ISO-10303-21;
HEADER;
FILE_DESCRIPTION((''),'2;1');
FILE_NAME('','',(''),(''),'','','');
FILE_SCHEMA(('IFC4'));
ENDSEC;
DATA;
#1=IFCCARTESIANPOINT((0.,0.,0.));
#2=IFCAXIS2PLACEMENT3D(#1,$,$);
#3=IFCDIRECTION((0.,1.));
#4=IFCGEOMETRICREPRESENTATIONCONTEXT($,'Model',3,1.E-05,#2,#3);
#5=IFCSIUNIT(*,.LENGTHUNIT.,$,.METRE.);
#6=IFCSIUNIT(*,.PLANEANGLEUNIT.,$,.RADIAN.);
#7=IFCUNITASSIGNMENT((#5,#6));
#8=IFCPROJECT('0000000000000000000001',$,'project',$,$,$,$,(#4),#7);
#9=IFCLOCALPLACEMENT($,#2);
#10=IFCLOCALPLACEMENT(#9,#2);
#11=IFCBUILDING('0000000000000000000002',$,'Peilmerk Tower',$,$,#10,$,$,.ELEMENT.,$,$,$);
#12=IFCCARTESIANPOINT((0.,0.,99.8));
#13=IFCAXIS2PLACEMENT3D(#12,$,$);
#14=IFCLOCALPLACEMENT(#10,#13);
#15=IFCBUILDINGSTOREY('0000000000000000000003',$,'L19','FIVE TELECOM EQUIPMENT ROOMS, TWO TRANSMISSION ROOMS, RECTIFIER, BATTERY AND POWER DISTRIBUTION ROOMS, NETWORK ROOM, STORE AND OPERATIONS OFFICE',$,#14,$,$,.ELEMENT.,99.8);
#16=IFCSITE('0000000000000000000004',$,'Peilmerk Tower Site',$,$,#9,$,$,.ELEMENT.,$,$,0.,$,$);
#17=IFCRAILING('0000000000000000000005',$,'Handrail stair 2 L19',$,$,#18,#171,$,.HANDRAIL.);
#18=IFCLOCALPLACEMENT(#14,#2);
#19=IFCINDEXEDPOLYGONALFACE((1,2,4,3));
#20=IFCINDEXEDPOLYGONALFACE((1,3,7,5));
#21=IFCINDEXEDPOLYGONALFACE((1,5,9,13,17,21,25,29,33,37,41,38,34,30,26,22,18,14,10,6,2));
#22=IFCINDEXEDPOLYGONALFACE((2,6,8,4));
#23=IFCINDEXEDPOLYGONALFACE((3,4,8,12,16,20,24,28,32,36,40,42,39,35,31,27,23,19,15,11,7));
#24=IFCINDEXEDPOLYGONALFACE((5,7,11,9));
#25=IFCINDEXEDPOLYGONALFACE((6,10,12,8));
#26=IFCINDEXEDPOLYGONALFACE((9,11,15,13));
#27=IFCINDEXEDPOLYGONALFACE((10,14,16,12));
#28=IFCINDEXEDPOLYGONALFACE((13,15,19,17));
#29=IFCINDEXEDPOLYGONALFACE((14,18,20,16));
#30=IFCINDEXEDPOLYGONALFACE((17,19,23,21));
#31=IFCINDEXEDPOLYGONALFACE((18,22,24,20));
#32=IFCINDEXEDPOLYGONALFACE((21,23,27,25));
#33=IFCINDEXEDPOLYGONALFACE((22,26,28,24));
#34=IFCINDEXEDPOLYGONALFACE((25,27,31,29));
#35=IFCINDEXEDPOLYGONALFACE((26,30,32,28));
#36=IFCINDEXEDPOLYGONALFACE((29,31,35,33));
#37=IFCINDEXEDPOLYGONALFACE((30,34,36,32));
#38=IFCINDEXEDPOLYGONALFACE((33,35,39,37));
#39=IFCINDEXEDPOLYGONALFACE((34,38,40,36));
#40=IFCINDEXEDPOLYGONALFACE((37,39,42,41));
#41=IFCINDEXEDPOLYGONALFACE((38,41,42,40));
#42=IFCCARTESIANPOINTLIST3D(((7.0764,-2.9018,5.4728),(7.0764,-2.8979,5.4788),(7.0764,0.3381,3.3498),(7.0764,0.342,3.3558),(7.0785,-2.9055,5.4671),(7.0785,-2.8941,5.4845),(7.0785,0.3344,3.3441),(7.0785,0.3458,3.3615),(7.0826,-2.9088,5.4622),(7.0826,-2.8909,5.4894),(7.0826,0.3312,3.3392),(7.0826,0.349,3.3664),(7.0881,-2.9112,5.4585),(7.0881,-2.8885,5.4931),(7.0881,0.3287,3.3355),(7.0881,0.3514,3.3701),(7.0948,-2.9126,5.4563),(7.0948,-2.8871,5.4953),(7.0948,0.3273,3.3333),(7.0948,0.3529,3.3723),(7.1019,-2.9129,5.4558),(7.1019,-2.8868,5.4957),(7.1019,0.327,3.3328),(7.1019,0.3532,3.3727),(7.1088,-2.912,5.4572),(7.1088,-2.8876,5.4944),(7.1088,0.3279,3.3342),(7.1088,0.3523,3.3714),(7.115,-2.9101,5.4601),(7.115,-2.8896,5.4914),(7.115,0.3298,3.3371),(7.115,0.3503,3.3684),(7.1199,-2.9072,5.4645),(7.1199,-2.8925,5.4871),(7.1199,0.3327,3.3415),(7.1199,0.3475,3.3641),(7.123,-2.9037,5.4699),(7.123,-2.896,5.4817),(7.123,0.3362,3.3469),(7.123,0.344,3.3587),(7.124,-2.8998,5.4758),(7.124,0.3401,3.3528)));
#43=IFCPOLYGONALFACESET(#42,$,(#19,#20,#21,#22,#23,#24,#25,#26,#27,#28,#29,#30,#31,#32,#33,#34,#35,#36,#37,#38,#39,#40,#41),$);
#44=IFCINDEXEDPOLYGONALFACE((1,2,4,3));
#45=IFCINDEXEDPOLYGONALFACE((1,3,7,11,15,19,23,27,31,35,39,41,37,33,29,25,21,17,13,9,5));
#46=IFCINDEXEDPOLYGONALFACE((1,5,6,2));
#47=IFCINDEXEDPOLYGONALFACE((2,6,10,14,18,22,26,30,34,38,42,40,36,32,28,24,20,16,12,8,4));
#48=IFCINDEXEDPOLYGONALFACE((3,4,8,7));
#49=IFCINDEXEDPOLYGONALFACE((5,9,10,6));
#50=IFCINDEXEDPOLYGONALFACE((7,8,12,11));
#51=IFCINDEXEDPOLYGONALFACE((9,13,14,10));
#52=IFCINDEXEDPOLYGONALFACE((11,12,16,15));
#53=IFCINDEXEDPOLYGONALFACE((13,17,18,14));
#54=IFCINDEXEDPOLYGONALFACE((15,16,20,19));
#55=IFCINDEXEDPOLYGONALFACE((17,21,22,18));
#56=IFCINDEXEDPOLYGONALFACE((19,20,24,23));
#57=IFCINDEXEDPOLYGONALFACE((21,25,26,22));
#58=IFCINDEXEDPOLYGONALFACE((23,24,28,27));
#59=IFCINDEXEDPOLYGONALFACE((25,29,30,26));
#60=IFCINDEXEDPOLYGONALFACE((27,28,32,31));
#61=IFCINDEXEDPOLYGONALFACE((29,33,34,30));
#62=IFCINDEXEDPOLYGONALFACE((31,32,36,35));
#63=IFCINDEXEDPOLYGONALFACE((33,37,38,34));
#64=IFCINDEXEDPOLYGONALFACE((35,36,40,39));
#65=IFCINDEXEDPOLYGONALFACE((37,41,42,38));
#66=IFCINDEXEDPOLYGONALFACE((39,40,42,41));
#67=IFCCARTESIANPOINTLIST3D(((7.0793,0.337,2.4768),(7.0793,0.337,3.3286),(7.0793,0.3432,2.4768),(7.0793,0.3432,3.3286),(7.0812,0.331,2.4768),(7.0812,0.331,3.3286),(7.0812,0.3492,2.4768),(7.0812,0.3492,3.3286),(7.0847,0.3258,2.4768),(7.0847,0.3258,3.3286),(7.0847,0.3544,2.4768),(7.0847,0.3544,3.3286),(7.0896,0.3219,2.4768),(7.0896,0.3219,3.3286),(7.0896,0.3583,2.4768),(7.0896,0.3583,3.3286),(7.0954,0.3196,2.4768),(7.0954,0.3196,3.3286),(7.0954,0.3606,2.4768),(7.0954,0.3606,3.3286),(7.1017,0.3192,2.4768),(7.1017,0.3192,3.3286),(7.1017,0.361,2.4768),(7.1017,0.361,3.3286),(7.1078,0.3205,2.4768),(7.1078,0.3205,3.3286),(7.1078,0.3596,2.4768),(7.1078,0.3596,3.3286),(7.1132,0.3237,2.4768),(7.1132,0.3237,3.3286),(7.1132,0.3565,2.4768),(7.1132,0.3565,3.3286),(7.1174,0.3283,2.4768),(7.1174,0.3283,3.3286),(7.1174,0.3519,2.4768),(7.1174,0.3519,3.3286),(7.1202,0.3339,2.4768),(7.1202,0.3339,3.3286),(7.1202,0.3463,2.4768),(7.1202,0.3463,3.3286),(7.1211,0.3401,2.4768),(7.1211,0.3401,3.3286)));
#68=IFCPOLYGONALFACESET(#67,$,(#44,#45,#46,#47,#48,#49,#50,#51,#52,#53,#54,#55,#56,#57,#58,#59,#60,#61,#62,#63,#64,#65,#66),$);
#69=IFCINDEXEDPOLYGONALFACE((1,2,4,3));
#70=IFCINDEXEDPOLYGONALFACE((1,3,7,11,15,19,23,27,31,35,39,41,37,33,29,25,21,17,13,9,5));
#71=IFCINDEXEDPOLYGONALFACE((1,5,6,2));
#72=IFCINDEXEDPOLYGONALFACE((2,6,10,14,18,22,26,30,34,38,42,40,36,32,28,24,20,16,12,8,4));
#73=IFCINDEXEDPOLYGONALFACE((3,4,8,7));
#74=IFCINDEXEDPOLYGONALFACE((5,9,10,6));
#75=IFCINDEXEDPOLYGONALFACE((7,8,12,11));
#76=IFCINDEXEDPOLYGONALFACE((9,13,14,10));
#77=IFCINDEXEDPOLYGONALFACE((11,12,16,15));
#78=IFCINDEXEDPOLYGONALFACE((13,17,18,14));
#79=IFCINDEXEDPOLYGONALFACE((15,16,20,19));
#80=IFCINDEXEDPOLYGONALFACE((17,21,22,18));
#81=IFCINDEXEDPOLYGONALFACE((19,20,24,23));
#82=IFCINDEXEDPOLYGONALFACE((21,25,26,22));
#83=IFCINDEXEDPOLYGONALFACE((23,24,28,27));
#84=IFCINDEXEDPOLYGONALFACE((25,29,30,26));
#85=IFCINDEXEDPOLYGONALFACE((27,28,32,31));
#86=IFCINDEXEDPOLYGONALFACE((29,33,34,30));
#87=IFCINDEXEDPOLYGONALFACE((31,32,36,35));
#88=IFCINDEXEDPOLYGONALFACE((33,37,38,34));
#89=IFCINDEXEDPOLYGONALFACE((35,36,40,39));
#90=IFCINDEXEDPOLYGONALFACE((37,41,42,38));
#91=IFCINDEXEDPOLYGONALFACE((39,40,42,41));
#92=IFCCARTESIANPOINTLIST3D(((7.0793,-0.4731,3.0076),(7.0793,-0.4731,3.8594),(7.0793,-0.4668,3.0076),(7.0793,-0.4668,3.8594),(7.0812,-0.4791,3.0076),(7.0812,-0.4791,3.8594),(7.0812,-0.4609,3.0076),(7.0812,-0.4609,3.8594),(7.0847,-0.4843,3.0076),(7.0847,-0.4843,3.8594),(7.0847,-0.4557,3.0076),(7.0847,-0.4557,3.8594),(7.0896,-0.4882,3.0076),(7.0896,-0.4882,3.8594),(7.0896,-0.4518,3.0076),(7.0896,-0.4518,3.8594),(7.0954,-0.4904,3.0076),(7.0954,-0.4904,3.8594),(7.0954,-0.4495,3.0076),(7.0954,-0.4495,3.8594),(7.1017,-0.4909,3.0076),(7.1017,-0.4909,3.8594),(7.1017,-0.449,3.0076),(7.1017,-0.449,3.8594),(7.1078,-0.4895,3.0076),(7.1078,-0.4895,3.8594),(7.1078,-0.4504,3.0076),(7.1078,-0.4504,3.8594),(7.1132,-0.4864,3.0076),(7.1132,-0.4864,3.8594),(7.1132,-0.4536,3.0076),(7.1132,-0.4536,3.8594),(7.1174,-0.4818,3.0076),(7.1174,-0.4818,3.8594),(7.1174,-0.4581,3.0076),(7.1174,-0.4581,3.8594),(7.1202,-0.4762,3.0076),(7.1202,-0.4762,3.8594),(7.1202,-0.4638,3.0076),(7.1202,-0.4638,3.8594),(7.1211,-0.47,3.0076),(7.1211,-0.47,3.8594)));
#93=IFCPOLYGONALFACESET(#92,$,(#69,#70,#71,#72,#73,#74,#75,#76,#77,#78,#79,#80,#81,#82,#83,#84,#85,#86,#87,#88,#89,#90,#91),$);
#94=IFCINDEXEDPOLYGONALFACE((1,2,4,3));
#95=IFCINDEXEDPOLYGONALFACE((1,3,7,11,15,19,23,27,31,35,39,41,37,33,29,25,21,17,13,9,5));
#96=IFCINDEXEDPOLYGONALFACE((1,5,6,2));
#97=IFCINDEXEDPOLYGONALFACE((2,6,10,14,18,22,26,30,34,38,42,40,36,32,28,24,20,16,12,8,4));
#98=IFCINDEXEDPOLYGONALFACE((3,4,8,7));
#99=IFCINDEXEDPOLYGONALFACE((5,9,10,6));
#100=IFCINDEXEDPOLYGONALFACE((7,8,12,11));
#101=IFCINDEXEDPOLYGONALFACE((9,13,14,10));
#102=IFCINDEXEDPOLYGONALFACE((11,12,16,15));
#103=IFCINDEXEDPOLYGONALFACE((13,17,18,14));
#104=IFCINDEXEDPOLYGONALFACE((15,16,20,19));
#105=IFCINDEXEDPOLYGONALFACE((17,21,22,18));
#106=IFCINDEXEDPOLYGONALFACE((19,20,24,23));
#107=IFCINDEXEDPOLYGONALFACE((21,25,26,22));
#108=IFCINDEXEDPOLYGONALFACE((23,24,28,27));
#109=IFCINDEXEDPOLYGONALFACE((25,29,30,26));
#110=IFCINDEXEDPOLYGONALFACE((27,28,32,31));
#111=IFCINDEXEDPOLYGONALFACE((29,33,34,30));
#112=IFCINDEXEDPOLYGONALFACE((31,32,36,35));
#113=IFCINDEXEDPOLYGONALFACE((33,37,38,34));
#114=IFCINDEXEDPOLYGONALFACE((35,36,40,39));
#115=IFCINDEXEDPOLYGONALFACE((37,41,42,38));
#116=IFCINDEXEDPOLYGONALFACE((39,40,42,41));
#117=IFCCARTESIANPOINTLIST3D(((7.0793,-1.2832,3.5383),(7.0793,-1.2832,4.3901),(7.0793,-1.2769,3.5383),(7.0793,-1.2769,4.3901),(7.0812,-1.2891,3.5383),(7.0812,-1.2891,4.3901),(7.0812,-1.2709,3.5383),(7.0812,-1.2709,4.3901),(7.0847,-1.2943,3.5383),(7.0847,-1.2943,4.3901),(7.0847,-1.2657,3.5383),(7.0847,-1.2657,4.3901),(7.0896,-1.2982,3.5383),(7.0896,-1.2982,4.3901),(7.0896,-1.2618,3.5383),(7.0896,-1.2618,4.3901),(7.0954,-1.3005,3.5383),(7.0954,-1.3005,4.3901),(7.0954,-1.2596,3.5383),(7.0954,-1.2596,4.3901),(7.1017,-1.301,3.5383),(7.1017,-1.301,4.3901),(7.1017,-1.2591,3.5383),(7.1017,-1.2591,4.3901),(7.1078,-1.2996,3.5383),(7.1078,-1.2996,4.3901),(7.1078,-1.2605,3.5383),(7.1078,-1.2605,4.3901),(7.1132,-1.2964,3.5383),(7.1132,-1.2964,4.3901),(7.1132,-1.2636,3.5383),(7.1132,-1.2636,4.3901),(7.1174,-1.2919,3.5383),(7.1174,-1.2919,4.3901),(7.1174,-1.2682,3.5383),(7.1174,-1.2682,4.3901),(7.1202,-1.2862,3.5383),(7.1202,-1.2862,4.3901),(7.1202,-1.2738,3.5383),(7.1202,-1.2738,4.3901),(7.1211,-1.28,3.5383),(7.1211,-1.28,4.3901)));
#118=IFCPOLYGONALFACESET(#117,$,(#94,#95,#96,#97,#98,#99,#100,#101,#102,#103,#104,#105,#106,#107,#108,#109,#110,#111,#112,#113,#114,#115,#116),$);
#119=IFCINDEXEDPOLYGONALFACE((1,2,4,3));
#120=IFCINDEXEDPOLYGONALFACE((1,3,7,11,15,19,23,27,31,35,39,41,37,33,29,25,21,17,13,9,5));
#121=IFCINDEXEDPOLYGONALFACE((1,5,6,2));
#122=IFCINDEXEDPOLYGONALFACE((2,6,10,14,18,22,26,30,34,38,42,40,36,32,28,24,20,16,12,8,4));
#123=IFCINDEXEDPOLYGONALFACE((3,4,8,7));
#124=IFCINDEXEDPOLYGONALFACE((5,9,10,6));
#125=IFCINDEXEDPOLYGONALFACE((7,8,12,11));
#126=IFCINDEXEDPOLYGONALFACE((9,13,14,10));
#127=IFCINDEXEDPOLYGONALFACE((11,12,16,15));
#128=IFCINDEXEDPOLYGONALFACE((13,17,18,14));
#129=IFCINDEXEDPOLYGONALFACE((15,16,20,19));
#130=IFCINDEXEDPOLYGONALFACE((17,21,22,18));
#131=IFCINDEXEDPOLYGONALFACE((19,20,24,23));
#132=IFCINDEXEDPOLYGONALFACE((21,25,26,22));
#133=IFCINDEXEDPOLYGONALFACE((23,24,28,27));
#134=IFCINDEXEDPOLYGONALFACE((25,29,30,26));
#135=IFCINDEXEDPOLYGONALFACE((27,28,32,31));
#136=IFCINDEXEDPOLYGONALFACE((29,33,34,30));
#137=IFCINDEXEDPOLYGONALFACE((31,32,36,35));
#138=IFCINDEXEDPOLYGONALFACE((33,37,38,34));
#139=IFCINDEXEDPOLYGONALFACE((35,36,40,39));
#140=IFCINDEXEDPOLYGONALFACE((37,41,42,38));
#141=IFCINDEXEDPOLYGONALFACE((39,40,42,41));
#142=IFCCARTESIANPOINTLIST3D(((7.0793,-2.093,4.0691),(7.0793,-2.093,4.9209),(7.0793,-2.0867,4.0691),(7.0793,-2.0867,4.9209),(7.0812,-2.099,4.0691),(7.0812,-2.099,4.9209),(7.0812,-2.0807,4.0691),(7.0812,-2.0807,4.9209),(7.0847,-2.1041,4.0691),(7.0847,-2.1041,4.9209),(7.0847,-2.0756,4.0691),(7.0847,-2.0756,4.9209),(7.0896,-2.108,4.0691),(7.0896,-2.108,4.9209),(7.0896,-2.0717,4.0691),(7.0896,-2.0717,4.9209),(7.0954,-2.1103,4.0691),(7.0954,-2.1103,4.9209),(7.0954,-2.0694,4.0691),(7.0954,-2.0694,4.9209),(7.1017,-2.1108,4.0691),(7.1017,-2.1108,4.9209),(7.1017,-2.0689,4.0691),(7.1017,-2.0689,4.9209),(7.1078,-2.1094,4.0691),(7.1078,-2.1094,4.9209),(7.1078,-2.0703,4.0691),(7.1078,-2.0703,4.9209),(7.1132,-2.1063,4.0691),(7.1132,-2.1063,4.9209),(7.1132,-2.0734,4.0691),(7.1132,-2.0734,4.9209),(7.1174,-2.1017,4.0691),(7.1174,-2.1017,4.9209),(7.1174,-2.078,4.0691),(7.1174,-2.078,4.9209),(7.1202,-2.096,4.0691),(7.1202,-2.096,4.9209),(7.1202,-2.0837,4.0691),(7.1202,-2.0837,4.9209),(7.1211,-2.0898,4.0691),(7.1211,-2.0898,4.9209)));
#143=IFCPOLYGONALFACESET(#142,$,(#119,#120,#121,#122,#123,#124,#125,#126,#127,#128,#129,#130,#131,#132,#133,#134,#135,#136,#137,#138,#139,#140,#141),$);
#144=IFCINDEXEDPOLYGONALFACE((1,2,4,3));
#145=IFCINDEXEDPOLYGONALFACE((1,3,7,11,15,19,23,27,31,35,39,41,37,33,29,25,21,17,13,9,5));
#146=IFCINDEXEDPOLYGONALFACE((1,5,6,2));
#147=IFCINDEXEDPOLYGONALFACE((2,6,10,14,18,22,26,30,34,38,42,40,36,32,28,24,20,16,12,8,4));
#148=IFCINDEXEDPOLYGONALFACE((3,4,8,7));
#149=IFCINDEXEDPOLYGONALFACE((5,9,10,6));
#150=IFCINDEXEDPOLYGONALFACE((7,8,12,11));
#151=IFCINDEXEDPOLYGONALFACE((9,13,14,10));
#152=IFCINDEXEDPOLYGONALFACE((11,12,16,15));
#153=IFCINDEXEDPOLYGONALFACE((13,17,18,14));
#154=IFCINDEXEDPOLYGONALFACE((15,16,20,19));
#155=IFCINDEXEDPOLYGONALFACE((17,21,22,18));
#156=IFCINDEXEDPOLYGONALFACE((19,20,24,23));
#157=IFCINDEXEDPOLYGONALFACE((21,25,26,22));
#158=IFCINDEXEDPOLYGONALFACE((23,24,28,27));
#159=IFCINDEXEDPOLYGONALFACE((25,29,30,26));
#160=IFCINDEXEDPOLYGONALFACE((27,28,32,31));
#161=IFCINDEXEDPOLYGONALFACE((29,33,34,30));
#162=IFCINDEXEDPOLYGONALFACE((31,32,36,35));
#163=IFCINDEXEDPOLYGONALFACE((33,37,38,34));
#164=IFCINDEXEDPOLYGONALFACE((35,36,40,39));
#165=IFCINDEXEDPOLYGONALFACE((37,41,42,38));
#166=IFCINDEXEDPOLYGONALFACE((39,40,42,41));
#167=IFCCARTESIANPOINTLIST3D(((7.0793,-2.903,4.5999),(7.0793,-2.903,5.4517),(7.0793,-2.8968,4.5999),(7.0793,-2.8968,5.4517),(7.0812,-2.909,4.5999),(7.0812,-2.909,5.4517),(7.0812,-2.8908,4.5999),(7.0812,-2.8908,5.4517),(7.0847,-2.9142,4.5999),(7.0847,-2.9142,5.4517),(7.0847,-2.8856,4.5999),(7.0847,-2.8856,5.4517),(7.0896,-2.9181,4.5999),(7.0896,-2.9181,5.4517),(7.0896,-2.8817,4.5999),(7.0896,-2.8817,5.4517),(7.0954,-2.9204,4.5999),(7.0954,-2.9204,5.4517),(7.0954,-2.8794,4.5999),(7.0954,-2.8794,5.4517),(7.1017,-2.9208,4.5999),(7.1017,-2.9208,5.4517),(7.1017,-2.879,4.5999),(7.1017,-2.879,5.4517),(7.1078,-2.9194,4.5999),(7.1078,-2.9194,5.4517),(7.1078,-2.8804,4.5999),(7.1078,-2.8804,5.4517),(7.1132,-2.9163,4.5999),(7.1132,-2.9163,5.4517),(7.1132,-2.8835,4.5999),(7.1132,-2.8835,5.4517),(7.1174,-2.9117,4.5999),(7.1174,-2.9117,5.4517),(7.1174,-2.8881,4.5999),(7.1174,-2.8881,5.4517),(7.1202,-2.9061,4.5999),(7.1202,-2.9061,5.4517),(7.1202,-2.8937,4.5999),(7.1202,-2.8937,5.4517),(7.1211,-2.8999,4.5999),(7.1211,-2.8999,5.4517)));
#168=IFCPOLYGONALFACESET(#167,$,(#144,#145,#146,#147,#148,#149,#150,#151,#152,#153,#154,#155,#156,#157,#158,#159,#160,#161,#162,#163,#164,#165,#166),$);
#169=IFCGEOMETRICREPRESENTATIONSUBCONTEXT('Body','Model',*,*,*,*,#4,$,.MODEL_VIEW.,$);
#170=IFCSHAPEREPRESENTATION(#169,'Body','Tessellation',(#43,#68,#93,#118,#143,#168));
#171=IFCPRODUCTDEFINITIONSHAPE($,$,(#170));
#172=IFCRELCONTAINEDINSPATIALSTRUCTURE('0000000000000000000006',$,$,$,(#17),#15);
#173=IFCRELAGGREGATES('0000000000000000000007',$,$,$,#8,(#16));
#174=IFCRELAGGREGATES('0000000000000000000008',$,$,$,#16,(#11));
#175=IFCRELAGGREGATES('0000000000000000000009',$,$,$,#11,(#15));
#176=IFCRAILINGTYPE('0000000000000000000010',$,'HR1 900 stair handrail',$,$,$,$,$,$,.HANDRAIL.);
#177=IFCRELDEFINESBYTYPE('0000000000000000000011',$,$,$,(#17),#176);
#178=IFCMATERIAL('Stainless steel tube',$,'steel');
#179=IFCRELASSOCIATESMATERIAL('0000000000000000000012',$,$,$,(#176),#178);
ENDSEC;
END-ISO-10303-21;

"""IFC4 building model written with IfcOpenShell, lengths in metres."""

from ifc_helpers import new_model, si_unit, direction, frame, origin, origin_2d, place, context, subcontext, project, spatial, circle, extrude, material, type_object, element, save


model = new_model("IFC4")

# Units and contexts
model_context = context("Model", 3, precision=1e-05, world=origin(), true_north=direction((0.0, 1.0)))
body_context = subcontext(model_context, "Body", "Model", "MODEL_VIEW")
ifc_project = project(units=[si_unit("LENGTHUNIT", "METRE"), si_unit("PLANEANGLEUNIT", "RADIAN")], contexts=[model_context])

# Site, building, storey
site_placement = place(None, origin())
site = spatial("IfcSite", under=ifc_project, at=site_placement, Name="Peilmerk Tower Site", CompositionType="ELEMENT", RefElevation=0.0)
building_placement = place(site_placement, origin())
building = spatial("IfcBuilding", under=site, at=building_placement, Name="Peilmerk Tower", CompositionType="ELEMENT")
storey_placement = place(building_placement, frame((0.0, 0.0, 99.8)))
storey = spatial("IfcBuildingStorey", under=building, at=storey_placement, Name="L19", Description="FIVE TELECOM EQUIPMENT ROOMS, TWO TRANSMISSION ROOMS, RECTIFIER, BATTERY AND POWER DISTRIBUTION ROOMS, NETWORK ROOM, STORE AND OPERATIONS OFFICE", CompositionType="ELEMENT", Elevation=99.8)

# Railing
ifc_material_1 = material(Name="Stainless steel tube", Category="steel")
railing_type_1 = type_object("IfcRailingType", Name="HR1 900 stair handrail", PredefinedType="HANDRAIL", material=ifc_material_1)
railing_1_placement = place(storey_placement, frame((7.1001, 0.3401, 2.4768)))
element("IfcRailing", 1, at=railing_1_placement, inside=storey, type_object=railing_type_1, Name="Handrail stair 2 L19", PredefinedType="HANDRAIL", context=body_context, shape_type="SweptSolid", body=[
    extrude(circle(Radius=0.0239, at=origin_2d()), frame((0.0, 0.0, 0.876), z_axis=(0.0, -0.836426, 0.548079), x_axis=(1.0, 0.0, 0.0)), (0.0, 0.0, 1.0), 3.8735),
    extrude(circle(Radius=0.021, at=origin_2d()), origin(), (0.0, 0.0, 1.0), 0.8518),
    extrude(circle(Radius=0.021, at=origin_2d()), frame((0.0, -0.8101, 0.5308)), (0.0, 0.0, 1.0), 0.8518),
    extrude(circle(Radius=0.021, at=origin_2d()), frame((0.0, -1.6201, 1.0615)), (0.0, 0.0, 1.0), 0.8518),
    extrude(circle(Radius=0.021, at=origin_2d()), frame((0.0, -2.4299, 1.5923)), (0.0, 0.0, 1.0), 0.8518),
    extrude(circle(Radius=0.021, at=origin_2d()), frame((0.0, -3.24, 2.123)), (0.0, 0.0, 1.0), 0.8518),
])

save(model, "model.ifc")
